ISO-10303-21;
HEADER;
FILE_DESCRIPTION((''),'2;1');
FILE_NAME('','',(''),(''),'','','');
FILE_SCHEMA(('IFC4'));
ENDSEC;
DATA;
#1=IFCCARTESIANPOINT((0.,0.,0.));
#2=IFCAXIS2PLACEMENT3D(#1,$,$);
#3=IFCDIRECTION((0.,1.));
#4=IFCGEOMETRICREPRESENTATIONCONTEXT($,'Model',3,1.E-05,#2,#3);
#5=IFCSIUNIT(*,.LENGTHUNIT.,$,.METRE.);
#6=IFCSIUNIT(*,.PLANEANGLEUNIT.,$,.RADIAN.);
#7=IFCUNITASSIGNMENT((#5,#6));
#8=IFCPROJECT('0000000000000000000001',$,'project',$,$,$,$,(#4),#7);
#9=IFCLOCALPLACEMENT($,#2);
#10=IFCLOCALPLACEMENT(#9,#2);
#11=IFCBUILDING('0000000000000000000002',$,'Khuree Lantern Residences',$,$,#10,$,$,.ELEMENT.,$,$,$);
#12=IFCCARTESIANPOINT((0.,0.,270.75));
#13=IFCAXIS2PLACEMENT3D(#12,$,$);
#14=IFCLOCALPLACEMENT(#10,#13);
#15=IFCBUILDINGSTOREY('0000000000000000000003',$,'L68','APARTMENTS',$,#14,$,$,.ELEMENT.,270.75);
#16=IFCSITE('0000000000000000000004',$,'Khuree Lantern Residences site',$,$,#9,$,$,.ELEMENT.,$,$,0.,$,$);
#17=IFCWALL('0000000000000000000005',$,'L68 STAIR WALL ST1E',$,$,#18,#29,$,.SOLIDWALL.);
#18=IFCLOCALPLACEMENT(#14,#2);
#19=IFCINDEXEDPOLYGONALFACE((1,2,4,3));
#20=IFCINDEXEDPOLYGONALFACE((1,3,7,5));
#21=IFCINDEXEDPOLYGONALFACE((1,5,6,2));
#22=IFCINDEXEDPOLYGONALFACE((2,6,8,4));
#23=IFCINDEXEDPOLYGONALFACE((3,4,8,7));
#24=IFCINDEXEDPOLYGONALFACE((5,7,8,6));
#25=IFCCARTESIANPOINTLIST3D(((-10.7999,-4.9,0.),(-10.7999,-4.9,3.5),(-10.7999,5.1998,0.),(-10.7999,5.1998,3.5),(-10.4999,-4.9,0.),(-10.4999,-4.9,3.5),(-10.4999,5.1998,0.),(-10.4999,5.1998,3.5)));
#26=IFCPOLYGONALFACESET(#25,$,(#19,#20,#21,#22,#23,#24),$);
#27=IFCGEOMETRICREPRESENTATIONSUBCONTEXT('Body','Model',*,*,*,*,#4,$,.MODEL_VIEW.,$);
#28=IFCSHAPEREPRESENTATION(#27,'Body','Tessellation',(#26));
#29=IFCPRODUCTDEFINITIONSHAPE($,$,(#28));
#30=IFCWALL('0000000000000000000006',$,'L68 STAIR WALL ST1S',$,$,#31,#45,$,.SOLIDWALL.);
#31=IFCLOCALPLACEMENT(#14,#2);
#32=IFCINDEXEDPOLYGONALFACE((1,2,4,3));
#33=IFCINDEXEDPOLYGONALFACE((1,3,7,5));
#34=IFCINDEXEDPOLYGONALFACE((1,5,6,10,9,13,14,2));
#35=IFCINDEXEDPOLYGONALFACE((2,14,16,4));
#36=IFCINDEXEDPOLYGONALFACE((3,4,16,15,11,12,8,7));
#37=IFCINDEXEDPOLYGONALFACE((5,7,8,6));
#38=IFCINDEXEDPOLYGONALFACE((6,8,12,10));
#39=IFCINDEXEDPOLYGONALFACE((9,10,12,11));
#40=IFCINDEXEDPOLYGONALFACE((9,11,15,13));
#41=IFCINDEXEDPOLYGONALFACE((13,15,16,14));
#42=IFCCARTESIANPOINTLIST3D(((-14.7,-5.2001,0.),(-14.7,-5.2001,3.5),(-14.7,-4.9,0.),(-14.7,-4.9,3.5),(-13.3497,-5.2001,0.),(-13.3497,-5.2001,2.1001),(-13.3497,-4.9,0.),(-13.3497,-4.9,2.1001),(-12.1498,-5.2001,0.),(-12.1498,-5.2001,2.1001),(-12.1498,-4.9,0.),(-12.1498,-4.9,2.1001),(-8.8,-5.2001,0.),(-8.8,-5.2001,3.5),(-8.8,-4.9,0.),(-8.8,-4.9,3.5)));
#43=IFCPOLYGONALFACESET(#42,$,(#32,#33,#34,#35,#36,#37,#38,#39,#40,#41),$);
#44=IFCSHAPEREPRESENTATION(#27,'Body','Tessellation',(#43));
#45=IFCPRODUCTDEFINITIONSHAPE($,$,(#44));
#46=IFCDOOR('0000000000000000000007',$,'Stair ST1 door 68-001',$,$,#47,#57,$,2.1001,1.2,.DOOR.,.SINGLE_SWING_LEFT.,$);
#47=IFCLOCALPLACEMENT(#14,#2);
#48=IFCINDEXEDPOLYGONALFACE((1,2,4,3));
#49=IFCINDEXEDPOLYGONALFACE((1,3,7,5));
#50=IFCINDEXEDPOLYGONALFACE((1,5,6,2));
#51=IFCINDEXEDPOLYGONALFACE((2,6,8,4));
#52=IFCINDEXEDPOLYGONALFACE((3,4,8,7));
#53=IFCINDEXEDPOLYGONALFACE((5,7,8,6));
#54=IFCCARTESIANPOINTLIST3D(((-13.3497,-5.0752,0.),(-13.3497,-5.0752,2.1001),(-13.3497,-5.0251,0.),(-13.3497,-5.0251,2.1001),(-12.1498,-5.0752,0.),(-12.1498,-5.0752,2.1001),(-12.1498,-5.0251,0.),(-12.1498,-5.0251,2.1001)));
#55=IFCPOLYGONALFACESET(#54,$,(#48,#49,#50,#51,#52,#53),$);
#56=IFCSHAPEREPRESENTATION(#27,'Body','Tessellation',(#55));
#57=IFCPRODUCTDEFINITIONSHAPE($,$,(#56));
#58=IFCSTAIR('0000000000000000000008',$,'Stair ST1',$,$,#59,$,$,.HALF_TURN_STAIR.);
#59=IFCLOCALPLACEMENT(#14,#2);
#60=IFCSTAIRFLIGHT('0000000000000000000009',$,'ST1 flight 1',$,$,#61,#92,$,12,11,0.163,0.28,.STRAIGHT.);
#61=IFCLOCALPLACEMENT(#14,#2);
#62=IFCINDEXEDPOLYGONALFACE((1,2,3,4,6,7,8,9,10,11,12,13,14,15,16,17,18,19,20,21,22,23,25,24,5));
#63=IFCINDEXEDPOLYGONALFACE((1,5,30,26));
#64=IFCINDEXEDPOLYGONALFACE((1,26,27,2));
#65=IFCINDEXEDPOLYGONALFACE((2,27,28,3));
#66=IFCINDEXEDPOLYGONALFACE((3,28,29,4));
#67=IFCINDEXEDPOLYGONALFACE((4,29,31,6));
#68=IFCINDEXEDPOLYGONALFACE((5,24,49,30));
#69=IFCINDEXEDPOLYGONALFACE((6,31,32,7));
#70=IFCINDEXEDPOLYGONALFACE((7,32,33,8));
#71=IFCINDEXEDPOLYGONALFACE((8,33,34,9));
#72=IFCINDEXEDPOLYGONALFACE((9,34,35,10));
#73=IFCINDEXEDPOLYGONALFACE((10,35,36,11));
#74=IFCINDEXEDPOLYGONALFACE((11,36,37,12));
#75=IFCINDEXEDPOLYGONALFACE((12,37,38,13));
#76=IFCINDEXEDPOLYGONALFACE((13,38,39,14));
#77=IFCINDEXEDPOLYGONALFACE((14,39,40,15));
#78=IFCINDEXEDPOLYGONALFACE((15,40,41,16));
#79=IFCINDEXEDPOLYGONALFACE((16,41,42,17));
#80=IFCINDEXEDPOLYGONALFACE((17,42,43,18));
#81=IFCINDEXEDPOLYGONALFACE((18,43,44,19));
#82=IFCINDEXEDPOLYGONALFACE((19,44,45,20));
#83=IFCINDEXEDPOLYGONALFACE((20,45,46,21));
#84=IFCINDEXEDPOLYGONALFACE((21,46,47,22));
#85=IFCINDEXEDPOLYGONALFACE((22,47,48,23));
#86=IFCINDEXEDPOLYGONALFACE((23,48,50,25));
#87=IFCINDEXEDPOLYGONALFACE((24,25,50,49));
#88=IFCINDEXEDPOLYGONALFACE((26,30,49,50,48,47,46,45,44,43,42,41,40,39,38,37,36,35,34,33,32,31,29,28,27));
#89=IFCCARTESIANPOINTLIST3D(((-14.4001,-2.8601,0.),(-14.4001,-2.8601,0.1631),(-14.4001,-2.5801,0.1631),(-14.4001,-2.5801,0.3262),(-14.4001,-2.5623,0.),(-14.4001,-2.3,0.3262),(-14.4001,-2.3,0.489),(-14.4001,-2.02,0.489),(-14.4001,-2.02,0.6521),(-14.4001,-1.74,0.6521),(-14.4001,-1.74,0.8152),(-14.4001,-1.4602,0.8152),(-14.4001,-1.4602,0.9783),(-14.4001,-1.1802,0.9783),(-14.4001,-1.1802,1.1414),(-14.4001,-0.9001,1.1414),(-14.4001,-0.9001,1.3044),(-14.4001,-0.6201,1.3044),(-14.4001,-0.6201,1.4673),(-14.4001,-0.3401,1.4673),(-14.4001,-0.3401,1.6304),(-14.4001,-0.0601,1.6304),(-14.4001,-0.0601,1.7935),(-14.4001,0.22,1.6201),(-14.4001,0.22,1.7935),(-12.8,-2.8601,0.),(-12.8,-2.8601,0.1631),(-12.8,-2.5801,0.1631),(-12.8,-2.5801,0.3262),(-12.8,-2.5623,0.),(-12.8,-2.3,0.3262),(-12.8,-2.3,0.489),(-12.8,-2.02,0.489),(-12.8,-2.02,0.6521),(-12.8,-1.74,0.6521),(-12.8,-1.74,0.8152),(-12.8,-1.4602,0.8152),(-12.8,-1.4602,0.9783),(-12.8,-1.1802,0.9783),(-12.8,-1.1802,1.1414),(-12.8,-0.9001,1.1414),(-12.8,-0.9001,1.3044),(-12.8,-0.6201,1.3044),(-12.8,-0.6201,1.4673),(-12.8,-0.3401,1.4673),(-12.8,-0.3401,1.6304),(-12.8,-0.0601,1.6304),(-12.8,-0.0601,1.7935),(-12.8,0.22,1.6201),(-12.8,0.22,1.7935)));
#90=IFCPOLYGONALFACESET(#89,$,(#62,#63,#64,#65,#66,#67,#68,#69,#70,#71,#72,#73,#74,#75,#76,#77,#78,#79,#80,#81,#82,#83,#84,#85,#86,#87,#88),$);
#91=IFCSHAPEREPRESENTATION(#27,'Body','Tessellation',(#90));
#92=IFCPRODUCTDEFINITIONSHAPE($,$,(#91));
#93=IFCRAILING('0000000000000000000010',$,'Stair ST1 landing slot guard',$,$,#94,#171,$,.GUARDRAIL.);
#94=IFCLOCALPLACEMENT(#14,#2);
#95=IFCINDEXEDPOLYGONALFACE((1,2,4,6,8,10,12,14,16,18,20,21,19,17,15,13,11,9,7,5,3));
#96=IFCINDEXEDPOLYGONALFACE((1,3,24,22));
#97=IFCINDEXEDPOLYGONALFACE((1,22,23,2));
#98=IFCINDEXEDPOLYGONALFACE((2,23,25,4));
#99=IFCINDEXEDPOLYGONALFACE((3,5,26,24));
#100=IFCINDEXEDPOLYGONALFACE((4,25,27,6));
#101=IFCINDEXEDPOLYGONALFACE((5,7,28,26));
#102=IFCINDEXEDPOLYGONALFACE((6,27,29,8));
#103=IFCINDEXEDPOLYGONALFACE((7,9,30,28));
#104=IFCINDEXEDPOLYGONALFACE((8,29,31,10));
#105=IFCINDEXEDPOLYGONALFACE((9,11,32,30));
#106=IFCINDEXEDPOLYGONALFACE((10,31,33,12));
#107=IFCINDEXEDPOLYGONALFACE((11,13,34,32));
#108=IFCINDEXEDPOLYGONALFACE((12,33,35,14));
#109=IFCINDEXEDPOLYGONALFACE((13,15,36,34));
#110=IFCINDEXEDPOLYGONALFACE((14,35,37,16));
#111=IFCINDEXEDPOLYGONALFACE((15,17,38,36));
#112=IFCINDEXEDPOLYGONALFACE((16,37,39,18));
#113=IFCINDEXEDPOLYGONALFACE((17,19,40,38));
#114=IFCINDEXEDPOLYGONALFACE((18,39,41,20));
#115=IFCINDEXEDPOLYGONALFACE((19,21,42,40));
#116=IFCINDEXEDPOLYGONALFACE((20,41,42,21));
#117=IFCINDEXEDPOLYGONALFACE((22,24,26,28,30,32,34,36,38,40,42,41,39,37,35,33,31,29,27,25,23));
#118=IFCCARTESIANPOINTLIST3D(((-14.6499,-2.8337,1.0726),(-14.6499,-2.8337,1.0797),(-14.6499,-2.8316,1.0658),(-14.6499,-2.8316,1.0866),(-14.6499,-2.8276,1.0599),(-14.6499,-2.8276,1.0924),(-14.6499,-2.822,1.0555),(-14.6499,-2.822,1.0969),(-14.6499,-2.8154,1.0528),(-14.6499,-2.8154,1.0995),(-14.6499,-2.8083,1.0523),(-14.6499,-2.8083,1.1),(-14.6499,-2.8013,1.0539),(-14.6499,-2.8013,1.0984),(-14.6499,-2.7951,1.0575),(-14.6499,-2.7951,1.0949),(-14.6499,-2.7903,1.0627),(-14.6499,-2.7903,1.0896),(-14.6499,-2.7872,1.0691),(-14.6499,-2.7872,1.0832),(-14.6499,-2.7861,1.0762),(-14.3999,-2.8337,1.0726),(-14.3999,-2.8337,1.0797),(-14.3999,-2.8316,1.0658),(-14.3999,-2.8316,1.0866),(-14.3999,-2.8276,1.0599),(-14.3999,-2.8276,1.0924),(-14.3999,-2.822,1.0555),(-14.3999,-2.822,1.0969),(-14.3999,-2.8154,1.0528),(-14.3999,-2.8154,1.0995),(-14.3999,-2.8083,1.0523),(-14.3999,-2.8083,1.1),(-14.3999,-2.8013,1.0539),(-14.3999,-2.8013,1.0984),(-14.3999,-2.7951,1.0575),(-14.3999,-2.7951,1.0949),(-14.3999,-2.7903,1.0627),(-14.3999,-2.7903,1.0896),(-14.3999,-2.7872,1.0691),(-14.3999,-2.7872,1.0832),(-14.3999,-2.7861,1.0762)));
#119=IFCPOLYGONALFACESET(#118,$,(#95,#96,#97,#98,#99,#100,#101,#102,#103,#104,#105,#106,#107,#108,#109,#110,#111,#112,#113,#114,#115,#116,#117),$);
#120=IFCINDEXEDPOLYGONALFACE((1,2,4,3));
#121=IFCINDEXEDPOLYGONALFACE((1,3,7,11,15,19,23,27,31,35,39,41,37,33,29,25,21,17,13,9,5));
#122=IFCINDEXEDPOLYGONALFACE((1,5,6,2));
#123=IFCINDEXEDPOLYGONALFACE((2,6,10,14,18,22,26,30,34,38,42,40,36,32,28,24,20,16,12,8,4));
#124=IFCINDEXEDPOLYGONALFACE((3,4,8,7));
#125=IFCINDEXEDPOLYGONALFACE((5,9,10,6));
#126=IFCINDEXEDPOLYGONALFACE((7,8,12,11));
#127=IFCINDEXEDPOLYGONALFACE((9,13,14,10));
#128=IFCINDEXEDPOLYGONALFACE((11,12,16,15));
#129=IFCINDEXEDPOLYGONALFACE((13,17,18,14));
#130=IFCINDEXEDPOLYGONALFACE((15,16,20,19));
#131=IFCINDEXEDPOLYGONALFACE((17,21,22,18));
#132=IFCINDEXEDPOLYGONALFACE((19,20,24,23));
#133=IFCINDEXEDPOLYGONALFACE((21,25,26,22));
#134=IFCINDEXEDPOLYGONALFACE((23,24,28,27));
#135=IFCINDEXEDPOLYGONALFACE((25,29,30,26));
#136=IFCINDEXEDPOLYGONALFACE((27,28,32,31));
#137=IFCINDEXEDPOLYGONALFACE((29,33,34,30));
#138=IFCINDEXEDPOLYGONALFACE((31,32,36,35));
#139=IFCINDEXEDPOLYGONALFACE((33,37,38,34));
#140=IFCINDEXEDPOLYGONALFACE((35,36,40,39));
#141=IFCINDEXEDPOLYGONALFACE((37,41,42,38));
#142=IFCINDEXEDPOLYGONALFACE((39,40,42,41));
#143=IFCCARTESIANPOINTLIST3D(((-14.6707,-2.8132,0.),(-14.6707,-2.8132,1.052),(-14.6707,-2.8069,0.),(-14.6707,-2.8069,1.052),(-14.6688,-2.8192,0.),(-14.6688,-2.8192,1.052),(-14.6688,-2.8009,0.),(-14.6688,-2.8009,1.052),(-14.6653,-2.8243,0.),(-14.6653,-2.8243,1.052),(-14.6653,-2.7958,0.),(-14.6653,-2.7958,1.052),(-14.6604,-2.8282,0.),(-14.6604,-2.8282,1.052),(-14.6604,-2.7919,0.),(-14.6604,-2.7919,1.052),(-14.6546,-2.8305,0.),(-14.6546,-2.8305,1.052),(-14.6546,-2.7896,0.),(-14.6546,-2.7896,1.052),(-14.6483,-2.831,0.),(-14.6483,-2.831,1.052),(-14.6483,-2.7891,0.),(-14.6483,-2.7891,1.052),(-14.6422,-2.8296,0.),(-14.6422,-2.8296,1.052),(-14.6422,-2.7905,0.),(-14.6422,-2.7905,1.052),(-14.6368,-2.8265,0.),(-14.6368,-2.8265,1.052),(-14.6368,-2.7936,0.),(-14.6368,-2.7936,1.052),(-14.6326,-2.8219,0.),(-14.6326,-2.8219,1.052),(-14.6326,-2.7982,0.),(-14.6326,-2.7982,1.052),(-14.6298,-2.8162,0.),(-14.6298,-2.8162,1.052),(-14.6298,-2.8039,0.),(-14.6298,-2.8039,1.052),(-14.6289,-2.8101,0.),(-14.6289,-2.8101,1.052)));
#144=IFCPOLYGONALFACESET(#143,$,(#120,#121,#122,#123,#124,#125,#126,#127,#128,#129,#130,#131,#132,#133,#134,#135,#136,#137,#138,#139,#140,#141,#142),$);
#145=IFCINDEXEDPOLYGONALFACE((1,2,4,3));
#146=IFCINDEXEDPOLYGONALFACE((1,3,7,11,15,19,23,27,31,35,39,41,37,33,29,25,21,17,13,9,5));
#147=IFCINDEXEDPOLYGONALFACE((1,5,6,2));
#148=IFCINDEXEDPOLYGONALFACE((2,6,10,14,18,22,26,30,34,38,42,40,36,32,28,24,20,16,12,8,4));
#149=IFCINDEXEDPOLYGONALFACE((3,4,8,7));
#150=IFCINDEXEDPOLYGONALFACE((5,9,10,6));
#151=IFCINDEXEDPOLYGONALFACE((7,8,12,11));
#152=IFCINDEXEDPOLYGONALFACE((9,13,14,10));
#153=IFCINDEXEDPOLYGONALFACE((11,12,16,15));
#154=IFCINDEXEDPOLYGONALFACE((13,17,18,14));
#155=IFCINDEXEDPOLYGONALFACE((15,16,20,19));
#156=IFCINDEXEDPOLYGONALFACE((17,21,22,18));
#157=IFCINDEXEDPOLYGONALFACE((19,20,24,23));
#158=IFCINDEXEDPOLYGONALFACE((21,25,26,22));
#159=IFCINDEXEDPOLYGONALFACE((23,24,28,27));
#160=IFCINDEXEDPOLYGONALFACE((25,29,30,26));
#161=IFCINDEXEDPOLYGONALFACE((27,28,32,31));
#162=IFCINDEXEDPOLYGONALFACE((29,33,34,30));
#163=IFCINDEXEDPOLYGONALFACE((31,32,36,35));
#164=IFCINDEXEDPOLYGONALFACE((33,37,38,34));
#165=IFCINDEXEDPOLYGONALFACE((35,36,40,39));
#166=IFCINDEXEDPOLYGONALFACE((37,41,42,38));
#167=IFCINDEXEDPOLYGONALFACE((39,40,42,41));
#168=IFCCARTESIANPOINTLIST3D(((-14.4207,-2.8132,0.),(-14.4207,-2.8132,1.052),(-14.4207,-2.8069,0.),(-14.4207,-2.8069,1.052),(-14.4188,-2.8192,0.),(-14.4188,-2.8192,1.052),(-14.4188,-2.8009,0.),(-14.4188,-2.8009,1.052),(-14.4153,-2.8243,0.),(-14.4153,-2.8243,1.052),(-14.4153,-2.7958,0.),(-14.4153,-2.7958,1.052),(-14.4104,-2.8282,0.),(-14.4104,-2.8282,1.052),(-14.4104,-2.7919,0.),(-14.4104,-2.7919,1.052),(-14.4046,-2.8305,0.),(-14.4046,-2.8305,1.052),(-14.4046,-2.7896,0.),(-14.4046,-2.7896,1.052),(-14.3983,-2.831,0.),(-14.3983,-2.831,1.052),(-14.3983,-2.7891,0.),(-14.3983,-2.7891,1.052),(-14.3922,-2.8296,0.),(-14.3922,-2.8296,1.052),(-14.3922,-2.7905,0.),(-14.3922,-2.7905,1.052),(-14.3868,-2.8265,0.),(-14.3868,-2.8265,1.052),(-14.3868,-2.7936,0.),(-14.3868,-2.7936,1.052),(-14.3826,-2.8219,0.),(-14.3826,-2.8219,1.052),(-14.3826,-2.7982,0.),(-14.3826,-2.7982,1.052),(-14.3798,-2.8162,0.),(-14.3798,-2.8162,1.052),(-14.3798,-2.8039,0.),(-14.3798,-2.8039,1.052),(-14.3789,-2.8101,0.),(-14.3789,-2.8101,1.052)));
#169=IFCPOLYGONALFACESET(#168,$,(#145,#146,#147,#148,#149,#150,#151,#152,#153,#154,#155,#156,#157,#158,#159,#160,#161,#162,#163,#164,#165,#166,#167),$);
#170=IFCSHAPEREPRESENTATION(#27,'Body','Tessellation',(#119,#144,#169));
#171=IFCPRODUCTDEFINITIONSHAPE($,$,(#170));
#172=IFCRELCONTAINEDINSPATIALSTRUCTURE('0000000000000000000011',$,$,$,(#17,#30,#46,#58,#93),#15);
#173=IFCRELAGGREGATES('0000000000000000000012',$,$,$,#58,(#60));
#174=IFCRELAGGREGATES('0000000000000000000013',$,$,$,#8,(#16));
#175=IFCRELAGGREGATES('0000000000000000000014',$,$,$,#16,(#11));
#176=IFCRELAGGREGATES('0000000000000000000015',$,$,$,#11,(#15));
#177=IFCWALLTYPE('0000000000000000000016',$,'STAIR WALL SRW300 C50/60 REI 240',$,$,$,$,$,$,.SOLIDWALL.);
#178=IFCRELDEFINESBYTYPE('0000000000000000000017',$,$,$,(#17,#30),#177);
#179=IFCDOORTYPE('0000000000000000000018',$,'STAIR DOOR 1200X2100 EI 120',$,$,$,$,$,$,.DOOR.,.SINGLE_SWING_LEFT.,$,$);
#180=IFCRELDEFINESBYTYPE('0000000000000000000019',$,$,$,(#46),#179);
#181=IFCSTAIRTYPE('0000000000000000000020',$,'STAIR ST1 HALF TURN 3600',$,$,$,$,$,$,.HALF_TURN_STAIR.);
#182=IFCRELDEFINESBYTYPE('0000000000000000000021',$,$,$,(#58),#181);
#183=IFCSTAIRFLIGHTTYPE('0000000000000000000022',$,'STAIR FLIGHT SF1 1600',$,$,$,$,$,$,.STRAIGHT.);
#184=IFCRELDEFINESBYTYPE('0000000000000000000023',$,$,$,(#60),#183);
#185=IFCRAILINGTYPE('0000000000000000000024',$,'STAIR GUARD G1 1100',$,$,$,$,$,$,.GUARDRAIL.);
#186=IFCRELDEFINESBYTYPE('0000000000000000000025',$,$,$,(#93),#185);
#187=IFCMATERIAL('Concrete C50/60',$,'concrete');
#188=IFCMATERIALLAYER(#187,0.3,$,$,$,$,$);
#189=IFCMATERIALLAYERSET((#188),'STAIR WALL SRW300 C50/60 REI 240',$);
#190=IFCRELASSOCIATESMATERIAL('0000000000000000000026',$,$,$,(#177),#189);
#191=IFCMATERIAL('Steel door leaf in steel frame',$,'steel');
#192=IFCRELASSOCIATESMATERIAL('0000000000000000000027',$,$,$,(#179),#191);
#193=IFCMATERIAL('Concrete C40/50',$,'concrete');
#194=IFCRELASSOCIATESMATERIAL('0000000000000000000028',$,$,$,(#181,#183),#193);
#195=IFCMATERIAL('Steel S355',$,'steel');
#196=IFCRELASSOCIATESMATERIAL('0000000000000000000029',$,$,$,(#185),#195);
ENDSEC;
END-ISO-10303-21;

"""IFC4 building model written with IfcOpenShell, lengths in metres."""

from ifc_helpers import new_model, si_unit, direction, frame, frame_2d, origin, origin_2d, place, context, subcontext, project, spatial, polyline, rectangle, circle, outline, extrude, material, layer, layer_set, type_object, element, fill, aggregate, save


model = new_model("IFC4")

# Units and contexts
model_context = context("Model", 3, precision=1e-05, world=origin(), true_north=direction((0.0, 1.0)))
body_context = subcontext(model_context, "Body", "Model", "MODEL_VIEW")
ifc_project = project(units=[si_unit("LENGTHUNIT", "METRE"), si_unit("PLANEANGLEUNIT", "RADIAN")], contexts=[model_context])

# Site, building, storey
site_placement = place(None, origin())
site = spatial("IfcSite", under=ifc_project, at=site_placement, Name="Khuree Lantern Residences site", CompositionType="ELEMENT", RefElevation=0.0)
building_placement = place(site_placement, origin())
building = spatial("IfcBuilding", under=site, at=building_placement, Name="Khuree Lantern Residences", CompositionType="ELEMENT")
storey_placement = place(building_placement, frame((0.0, 0.0, 270.75)))
storey = spatial("IfcBuildingStorey", under=building, at=storey_placement, Name="L68", Description="APARTMENTS", CompositionType="ELEMENT", Elevation=270.75)

# Shared definitions
ifc_material_1 = material(Name="Steel door leaf in steel frame", Category="steel")

# Wall
ifc_material_2 = material(Name="Concrete C50/60", Category="concrete")
ifc_layer_1 = layer(ifc_material_2, 0.3)
ifc_layer_set_1 = layer_set([ifc_layer_1], Name="STAIR WALL SRW300 C50/60 REI 240")
wall_type_1 = type_object("IfcWallType", Name="STAIR WALL SRW300 C50/60 REI 240", PredefinedType="SOLIDWALL", material=ifc_layer_set_1)
wall_1_placement = place(storey_placement, frame((-10.6499, -4.8999, 0.0), z_axis=(0.0, 0.0, 1.0), x_axis=(0.0, 1.0, 0.0)))
element("IfcWall", 1, at=wall_1_placement, inside=storey, type_object=wall_type_1, Name="L68 STAIR WALL ST1E", PredefinedType="SOLIDWALL", context=body_context, shape_type="SweptSolid", body=[
    extrude(rectangle(XDim=10.0999, YDim=0.3, at=frame_2d((5.0498, 0.0))), origin(), (0.0, 0.0, 1.0), 3.5),
])

# Wall, opening, door
wall_2_placement = place(storey_placement, frame((-14.7, -5.05, 0.0), z_axis=(0.0, 0.0, 1.0), x_axis=(1.0, 0.0, 0.0)))
wall_2 = element("IfcWall", 2, at=wall_2_placement, inside=storey, type_object=wall_type_1, Name="L68 STAIR WALL ST1S", PredefinedType="SOLIDWALL", context=body_context, shape_type="SweptSolid", body=[
    extrude(rectangle(XDim=5.8999, YDim=0.3, at=frame_2d((2.95, 0.0))), origin(), (0.0, 0.0, 1.0), 3.5),
])
opening_1_placement = place(wall_2_placement, frame((1.3501, 0.0, 0.0)))
opening_1 = element("IfcOpeningElement", 3, at=opening_1_placement, cuts=wall_2, PredefinedType="OPENING", context=body_context, shape_type="SweptSolid", body=[
    extrude(rectangle(XDim=1.2, YDim=2.1001, at=frame_2d((0.6001, 1.05))), frame((0.0, 0.1602, 0.0), z_axis=(0.0, -1.0, 0.0), x_axis=(1.0, 0.0, 0.0)), (0.0, 0.0, 1.0), 0.3201),
])
door_type_1 = type_object("IfcDoorType", Name="STAIR DOOR 1200X2100 EI 120", OperationType="SINGLE_SWING_LEFT", PredefinedType="DOOR", material=ifc_material_1)
door_1_placement = place(opening_1_placement, origin())
door_1 = element("IfcDoor", 4, at=door_1_placement, inside=storey, type_object=door_type_1, Name="Stair ST1 door 68-001", OperationType="SINGLE_SWING_LEFT", OverallHeight=2.1001, OverallWidth=1.2, PredefinedType="DOOR", context=body_context, shape_type="SweptSolid", body=[
    extrude(rectangle(XDim=1.2, YDim=2.1001, at=frame_2d((0.6001, 1.05))), frame((0.0, 0.0249, 0.0), z_axis=(0.0, -1.0, 0.0), x_axis=(1.0, 0.0, 0.0)), (0.0, 0.0, 1.0), 0.05),
])
fill(opening_1, door_1)

# Stair, stair flight
ifc_material_3 = material(Name="Concrete C40/50", Category="concrete")
stair_type = type_object("IfcStairType", Name="STAIR ST1 HALF TURN 3600", PredefinedType="HALF_TURN_STAIR", material=ifc_material_3)
stair_placement = place(storey_placement, origin())
stair = element("IfcStair", 5, at=stair_placement, inside=storey, type_object=stair_type, Name="Stair ST1", PredefinedType="HALF_TURN_STAIR")
stair_flight_type = type_object("IfcStairFlightType", Name="STAIR FLIGHT SF1 1600", PredefinedType="STRAIGHT", material=ifc_material_3)
stair_flight_placement = place(storey_placement, frame((-13.6001, -2.8601, 0.0), z_axis=(0.0, 0.0, 1.0), x_axis=(0.0, 1.0, 0.0)))
stair_flight = element("IfcStairFlight", 6, at=stair_flight_placement, type_object=stair_flight_type, Name="ST1 flight 1", NumberOfRisers=12, NumberOfTreads=11, PredefinedType="STRAIGHT", RiserHeight=0.163, TreadLength=0.28, context=body_context, shape_type="SweptSolid", body=[
    extrude(outline(polyline([(0.0, 0.0), (0.0, 0.1631), (0.28, 0.1631), (0.28, 0.3262), (0.5601, 0.3262), (0.5601, 0.489), (0.8401, 0.489), (0.8401, 0.6521), (1.1201, 0.6521), (1.1201, 0.8152), (1.3999, 0.8152), (1.3999, 0.9783), (1.6799, 0.9783), (1.6799, 1.1414), (1.96, 1.1414), (1.96, 1.3044), (2.24, 1.3044), (2.24, 1.4673), (2.52, 1.4673), (2.52, 1.6304), (2.8, 1.6304), (2.8, 1.7935), (3.0801, 1.7935), (3.0801, 1.9565), (3.0801, 1.6201), (0.2979, 0.0), (0.0, 0.0)])), frame((0.0, 0.8, 0.0), z_axis=(0.0, -1.0, 0.0), x_axis=(1.0, 0.0, 0.0)), (0.0, 0.0, 1.0), 1.6001),
])
aggregate(stair, [stair_flight])

# Railing
ifc_material_4 = material(Name="Steel S355", Category="steel")
railing_type_1 = type_object("IfcRailingType", Name="STAIR GUARD G1 1100", PredefinedType="GUARDRAIL", material=ifc_material_4)
railing_1_placement = place(storey_placement, frame((-14.6499, -2.8101, 0.0)))
element("IfcRailing", 7, at=railing_1_placement, inside=storey, type_object=railing_type_1, Name="Stair ST1 landing slot guard", PredefinedType="GUARDRAIL", context=body_context, shape_type="SweptSolid", body=[
    extrude(circle(Radius=0.0239, at=origin_2d()), frame((0.0, 0.0, 1.0762), z_axis=(1.0, 0.0, 0.0), x_axis=(0.0, 1.0, 0.0)), (0.0, 0.0, 1.0), 0.25),
    extrude(circle(Radius=0.021, at=origin_2d()), origin(), (0.0, 0.0, 1.0), 1.052),
    extrude(circle(Radius=0.021, at=origin_2d()), frame((0.25, 0.0, 0.0)), (0.0, 0.0, 1.0), 1.052),
])

save(model, "model.ifc")
